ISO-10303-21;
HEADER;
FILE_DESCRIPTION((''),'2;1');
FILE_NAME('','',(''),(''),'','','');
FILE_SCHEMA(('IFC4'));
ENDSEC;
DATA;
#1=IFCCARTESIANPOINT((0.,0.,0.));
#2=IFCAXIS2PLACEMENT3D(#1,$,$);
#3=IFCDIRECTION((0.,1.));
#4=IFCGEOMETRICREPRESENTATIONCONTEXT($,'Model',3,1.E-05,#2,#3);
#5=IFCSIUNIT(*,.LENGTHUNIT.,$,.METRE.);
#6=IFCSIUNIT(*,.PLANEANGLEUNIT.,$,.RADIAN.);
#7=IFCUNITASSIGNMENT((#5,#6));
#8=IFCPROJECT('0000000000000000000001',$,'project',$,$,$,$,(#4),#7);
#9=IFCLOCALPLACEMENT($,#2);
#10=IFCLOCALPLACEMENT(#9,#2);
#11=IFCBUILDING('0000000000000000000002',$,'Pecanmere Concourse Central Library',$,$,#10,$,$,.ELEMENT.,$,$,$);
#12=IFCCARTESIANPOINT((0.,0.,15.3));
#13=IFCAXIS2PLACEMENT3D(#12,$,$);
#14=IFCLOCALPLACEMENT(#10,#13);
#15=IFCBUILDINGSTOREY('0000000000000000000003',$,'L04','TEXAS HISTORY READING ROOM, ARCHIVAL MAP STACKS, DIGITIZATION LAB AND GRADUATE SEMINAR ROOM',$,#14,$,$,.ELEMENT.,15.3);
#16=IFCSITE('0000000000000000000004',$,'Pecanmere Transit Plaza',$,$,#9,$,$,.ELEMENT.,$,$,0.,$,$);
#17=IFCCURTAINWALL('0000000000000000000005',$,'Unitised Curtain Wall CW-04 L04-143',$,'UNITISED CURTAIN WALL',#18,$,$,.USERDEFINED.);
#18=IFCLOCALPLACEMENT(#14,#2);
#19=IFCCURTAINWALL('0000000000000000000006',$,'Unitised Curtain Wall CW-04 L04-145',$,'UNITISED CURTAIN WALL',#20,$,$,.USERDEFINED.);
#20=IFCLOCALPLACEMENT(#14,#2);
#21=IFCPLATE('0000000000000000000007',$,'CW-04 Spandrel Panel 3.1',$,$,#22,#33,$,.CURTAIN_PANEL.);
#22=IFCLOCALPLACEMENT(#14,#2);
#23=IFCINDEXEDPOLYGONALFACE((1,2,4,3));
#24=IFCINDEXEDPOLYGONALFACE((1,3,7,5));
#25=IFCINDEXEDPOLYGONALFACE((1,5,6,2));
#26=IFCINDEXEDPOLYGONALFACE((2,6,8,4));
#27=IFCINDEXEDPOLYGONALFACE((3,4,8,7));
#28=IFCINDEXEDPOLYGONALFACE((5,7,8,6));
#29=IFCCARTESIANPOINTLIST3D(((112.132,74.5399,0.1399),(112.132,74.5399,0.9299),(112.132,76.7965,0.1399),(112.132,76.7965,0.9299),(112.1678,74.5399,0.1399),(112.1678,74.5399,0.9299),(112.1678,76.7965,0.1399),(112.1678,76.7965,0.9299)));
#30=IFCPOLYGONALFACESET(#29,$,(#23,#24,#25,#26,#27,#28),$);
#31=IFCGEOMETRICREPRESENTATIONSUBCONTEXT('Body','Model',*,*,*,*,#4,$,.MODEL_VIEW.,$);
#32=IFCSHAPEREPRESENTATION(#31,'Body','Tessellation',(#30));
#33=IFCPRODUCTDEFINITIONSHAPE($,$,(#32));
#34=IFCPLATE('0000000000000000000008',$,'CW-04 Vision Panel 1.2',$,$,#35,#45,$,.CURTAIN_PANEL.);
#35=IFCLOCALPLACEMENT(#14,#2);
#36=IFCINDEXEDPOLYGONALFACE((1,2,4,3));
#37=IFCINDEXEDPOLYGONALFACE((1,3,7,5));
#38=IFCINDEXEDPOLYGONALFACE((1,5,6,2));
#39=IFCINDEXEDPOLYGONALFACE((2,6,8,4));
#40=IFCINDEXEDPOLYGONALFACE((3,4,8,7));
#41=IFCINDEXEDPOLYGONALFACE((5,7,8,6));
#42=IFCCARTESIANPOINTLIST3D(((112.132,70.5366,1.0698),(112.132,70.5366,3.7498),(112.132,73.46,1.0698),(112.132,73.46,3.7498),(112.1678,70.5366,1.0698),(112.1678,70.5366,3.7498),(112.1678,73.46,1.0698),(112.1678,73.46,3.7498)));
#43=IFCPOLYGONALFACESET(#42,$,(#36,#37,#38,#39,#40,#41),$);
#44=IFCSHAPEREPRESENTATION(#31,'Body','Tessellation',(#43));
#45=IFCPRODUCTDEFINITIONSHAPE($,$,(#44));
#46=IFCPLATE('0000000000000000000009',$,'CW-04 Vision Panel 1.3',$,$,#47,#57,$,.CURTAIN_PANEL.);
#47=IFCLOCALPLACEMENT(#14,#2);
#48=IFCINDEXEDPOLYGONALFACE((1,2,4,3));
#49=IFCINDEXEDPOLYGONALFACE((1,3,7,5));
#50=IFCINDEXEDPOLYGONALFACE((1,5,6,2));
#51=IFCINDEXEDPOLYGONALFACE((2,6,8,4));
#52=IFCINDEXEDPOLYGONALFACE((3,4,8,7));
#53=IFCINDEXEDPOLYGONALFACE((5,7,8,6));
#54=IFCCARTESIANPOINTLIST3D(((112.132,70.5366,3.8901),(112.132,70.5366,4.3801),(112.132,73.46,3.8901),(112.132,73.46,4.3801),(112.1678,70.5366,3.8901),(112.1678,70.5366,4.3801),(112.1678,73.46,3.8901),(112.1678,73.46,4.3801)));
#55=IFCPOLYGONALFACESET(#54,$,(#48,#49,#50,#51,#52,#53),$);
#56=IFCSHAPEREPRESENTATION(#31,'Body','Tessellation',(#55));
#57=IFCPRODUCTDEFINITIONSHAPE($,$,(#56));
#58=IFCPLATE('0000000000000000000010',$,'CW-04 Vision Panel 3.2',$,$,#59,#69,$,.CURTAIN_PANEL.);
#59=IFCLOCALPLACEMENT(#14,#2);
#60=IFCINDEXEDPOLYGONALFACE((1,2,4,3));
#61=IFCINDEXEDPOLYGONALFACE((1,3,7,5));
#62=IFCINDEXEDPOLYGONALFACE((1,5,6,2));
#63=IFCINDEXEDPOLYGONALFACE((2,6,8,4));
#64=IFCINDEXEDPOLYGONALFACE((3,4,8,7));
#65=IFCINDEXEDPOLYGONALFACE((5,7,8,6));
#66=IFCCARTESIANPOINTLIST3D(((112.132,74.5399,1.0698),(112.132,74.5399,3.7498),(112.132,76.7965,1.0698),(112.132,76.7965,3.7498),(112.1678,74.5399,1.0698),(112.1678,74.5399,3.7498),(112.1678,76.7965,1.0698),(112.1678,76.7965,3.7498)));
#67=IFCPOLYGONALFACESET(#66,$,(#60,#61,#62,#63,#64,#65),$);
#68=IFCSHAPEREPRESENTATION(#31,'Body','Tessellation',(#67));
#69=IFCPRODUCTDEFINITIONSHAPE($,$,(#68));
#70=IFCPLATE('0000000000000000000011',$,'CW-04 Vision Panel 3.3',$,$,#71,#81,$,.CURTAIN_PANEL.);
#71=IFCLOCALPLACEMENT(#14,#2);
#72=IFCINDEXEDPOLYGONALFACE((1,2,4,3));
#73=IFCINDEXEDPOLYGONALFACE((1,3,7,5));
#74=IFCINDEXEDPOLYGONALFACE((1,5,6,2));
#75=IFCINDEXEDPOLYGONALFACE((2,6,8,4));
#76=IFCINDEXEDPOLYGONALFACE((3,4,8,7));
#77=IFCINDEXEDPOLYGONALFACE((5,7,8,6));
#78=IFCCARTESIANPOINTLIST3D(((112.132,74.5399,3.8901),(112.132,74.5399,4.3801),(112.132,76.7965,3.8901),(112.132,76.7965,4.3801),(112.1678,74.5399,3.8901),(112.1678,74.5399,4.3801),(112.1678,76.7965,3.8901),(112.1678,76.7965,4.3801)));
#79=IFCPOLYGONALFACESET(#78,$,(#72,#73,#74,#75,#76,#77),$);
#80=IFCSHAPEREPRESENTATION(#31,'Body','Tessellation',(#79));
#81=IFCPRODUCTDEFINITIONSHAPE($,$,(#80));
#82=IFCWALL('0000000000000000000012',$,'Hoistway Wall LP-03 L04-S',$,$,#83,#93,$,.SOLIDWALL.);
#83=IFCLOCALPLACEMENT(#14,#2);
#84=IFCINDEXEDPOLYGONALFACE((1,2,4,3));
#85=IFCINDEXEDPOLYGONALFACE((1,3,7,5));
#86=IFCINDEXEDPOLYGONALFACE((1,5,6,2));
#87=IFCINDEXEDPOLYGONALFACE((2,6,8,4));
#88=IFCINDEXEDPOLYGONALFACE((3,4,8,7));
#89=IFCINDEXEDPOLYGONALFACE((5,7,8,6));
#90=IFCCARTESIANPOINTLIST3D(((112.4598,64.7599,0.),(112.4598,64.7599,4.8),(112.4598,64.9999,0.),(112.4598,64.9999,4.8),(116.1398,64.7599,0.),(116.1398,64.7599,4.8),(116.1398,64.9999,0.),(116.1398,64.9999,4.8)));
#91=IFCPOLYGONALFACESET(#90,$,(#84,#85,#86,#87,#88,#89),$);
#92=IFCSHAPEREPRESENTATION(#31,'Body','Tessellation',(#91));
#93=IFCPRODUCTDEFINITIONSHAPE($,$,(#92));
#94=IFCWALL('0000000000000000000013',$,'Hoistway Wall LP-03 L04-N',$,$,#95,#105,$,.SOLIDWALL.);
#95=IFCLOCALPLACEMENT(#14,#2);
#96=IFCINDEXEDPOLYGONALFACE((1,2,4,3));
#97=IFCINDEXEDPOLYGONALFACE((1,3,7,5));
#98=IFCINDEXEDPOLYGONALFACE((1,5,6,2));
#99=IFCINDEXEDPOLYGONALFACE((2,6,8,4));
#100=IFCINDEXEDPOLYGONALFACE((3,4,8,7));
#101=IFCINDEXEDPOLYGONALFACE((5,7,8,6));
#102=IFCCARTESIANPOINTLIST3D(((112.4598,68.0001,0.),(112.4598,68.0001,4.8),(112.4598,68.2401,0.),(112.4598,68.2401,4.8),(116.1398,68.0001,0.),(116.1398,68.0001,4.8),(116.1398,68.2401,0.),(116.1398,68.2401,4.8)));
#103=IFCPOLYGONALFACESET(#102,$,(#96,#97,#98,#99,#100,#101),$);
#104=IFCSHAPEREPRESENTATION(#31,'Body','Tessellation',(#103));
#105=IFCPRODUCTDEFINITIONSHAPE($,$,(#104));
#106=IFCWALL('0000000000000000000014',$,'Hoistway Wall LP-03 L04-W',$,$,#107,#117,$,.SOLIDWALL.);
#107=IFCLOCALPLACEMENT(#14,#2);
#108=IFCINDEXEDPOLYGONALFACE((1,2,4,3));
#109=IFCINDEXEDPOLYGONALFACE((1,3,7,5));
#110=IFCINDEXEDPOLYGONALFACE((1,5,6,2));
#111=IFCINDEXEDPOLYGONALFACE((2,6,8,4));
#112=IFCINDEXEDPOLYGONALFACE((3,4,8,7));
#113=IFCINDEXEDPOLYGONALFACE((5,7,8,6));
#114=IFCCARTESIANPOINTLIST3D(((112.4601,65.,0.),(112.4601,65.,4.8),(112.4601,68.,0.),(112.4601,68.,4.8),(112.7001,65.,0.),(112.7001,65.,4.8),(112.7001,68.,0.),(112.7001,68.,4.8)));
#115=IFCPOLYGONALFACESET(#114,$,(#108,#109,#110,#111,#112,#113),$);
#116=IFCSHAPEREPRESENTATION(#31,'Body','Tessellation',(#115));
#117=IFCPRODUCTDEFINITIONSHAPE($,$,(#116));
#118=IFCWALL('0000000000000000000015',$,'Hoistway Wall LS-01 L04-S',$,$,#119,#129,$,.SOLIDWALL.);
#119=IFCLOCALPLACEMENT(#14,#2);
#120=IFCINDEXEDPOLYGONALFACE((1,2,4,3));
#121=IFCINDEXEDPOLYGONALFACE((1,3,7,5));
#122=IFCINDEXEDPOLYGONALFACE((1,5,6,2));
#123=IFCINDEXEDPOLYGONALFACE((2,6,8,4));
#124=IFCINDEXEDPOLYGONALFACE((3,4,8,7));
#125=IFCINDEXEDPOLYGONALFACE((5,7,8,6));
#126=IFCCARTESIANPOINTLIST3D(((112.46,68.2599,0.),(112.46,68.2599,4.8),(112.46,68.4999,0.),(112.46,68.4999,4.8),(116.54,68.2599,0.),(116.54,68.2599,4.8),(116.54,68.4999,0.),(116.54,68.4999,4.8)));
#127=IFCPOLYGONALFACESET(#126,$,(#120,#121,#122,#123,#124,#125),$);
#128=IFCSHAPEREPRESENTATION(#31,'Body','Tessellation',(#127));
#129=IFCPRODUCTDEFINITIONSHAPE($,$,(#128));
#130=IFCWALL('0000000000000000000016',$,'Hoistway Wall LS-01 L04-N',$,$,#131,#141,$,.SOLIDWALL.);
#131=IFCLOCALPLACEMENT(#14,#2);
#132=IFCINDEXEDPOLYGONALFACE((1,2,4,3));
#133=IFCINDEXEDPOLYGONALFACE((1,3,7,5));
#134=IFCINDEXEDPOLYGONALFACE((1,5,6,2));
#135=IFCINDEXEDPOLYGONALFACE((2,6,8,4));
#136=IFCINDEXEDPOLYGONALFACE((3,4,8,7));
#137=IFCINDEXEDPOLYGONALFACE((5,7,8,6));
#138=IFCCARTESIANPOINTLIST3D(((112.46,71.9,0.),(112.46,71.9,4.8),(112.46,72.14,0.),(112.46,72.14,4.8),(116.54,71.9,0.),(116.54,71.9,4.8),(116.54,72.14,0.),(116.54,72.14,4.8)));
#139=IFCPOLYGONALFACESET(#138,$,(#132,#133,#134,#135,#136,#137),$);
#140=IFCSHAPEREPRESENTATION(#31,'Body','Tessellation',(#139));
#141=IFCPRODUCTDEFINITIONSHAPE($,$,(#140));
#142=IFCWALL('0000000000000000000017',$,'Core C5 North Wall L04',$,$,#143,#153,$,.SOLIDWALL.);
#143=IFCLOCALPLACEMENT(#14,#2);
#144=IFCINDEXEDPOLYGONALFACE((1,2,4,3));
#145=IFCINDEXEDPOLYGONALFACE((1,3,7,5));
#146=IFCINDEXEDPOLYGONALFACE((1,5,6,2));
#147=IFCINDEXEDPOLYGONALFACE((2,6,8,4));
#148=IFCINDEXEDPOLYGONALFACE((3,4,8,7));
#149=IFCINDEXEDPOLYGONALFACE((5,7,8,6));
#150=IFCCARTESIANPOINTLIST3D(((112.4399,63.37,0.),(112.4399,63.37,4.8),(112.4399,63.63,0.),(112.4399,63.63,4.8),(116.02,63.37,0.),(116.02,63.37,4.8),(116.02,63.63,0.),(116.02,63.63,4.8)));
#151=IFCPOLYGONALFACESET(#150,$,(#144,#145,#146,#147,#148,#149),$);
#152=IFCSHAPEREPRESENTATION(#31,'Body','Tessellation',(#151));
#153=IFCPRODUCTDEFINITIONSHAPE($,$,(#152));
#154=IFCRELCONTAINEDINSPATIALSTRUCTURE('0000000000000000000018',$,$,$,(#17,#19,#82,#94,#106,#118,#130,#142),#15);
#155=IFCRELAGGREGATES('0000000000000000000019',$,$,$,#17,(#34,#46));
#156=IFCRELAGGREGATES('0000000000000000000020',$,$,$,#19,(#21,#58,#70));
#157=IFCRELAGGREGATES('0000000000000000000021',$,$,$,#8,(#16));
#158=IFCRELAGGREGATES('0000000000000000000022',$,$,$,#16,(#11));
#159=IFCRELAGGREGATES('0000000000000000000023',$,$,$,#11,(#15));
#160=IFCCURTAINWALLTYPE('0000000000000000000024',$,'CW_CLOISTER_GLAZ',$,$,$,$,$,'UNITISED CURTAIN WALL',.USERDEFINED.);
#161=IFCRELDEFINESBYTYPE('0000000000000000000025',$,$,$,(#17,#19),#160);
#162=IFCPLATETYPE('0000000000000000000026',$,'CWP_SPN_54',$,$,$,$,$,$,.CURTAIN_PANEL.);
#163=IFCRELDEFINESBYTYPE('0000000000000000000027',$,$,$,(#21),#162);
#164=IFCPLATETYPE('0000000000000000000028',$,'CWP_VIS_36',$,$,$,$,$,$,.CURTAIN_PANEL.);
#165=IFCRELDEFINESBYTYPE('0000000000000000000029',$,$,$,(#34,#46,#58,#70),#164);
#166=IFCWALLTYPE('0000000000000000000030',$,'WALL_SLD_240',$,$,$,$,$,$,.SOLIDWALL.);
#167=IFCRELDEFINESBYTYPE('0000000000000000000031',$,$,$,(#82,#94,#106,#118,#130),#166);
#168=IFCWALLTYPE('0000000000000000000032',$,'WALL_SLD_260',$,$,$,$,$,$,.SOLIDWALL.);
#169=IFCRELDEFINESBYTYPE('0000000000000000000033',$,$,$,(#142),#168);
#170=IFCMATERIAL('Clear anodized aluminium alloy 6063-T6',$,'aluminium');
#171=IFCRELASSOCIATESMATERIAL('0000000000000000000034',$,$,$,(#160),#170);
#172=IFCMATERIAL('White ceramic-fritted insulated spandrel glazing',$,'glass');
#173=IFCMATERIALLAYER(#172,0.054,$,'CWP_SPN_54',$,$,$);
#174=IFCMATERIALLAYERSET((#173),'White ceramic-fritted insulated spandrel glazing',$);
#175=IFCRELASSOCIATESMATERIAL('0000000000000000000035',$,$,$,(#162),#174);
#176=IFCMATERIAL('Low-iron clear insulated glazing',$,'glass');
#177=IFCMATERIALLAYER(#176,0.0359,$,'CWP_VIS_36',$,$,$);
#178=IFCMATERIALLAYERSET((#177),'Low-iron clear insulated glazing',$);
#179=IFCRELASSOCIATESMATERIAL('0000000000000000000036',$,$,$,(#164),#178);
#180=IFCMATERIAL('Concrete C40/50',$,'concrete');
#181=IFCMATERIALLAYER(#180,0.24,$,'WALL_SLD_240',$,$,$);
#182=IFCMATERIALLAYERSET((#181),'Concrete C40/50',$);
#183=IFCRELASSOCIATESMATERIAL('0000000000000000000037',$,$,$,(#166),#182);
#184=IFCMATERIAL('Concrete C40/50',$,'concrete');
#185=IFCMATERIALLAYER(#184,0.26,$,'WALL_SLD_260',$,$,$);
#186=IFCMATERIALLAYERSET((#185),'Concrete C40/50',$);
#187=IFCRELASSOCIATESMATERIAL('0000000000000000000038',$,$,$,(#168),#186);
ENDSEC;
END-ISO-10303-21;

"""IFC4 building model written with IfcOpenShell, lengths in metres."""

from ifc_helpers import new_model, si_unit, direction, frame, frame_2d, origin, origin_2d, place, context, subcontext, project, spatial, rectangle, extrude, material, layer, layer_set, type_object, element, aggregate, save


model = new_model("IFC4")

# Units and contexts
model_context = context("Model", 3, precision=1e-05, world=origin(), true_north=direction((0.0, 1.0)))
body_context = subcontext(model_context, "Body", "Model", "MODEL_VIEW")
ifc_project = project(units=[si_unit("LENGTHUNIT", "METRE"), si_unit("PLANEANGLEUNIT", "RADIAN")], contexts=[model_context])

# Site, building, storey
site_placement = place(None, origin())
site = spatial("IfcSite", under=ifc_project, at=site_placement, Name="Pecanmere Transit Plaza", CompositionType="ELEMENT", RefElevation=0.0)
building_placement = place(site_placement, origin())
building = spatial("IfcBuilding", under=site, at=building_placement, Name="Pecanmere Concourse Central Library", CompositionType="ELEMENT")
storey_placement = place(building_placement, frame((0.0, 0.0, 15.3)))
storey = spatial("IfcBuildingStorey", under=building, at=storey_placement, Name="L04", Description="TEXAS HISTORY READING ROOM, ARCHIVAL MAP STACKS, DIGITIZATION LAB AND GRADUATE SEMINAR ROOM", CompositionType="ELEMENT", Elevation=15.3)

# Curtain wall
ifc_material_1 = material(Name="Clear anodized aluminium alloy 6063-T6", Category="aluminium")
curtain_wall_type = type_object("IfcCurtainWallType", Name="CW_CLOISTER_GLAZ", ElementType="UNITISED CURTAIN WALL", PredefinedType="USERDEFINED", material=ifc_material_1)
curtain_wall_1_placement = place(storey_placement, origin())
curtain_wall_1 = element("IfcCurtainWall", 1, at=curtain_wall_1_placement, inside=storey, type_object=curtain_wall_type, Name="Unitised Curtain Wall CW-04 L04-143", ObjectType="UNITISED CURTAIN WALL", PredefinedType="USERDEFINED")

# Curtain wall
curtain_wall_2_placement = place(storey_placement, origin())
curtain_wall_2 = element("IfcCurtainWall", 2, at=curtain_wall_2_placement, inside=storey, type_object=curtain_wall_type, Name="Unitised Curtain Wall CW-04 L04-145", ObjectType="UNITISED CURTAIN WALL", PredefinedType="USERDEFINED")

# Plates
ifc_material_2 = material(Name="White ceramic-fritted insulated spandrel glazing", Category="glass")
ifc_layer_1 = layer(ifc_material_2, 0.054, Name="CWP_SPN_54")
ifc_layer_set_1 = layer_set([ifc_layer_1], Name="White ceramic-fritted insulated spandrel glazing")
plate_type_1 = type_object("IfcPlateType", Name="CWP_SPN_54", PredefinedType="CURTAIN_PANEL", material=ifc_layer_set_1)
plate_1_placement = place(storey_placement, frame((112.1499, 75.6682, 0.1399), z_axis=(0.0, 0.0, 1.0), x_axis=(0.0, -1.0, 0.0)))
plate_1 = element("IfcPlate", 3, at=plate_1_placement, type_object=plate_type_1, Name="CW-04 Spandrel Panel 3.1", PredefinedType="CURTAIN_PANEL", context=body_context, shape_type="SweptSolid", body=[
    extrude(rectangle(XDim=2.2566, YDim=0.0359, at=origin_2d()), origin(), (0.0, 0.0, 1.0), 0.79),
])
ifc_material_3 = material(Name="Low-iron clear insulated glazing", Category="glass")
ifc_layer_2 = layer(ifc_material_3, 0.0359, Name="CWP_VIS_36")
ifc_layer_set_2 = layer_set([ifc_layer_2], Name="Low-iron clear insulated glazing")
plate_type_2 = type_object("IfcPlateType", Name="CWP_VIS_36", PredefinedType="CURTAIN_PANEL", material=ifc_layer_set_2)
plate_2_placement = place(storey_placement, frame((112.1499, 71.9983, 1.0698), z_axis=(0.0, 0.0, 1.0), x_axis=(0.0, -1.0, 0.0)))
plate_2 = element("IfcPlate", 4, at=plate_2_placement, type_object=plate_type_2, Name="CW-04 Vision Panel 1.2", PredefinedType="CURTAIN_PANEL", context=body_context, shape_type="SweptSolid", body=[
    extrude(rectangle(XDim=2.9233, YDim=0.0359, at=origin_2d()), origin(), (0.0, 0.0, 1.0), 2.6799),
])
plate_3_placement = place(storey_placement, frame((112.1499, 71.9983, 3.8901), z_axis=(0.0, 0.0, 1.0), x_axis=(0.0, -1.0, 0.0)))
plate_3 = element("IfcPlate", 5, at=plate_3_placement, type_object=plate_type_2, Name="CW-04 Vision Panel 1.3", PredefinedType="CURTAIN_PANEL", context=body_context, shape_type="SweptSolid", body=[
    extrude(rectangle(XDim=2.9233, YDim=0.0359, at=origin_2d()), origin(), (0.0, 0.0, 1.0), 0.49),
])
aggregate(curtain_wall_1, [plate_2, plate_3])
plate_4_placement = place(storey_placement, frame((112.1499, 75.6682, 1.0698), z_axis=(0.0, 0.0, 1.0), x_axis=(0.0, -1.0, 0.0)))
plate_4 = element("IfcPlate", 6, at=plate_4_placement, type_object=plate_type_2, Name="CW-04 Vision Panel 3.2", PredefinedType="CURTAIN_PANEL", context=body_context, shape_type="SweptSolid", body=[
    extrude(rectangle(XDim=2.2566, YDim=0.0359, at=origin_2d()), origin(), (0.0, 0.0, 1.0), 2.6799),
])
plate_5_placement = place(storey_placement, frame((112.1499, 75.6682, 3.8901), z_axis=(0.0, 0.0, 1.0), x_axis=(0.0, -1.0, 0.0)))
plate_5 = element("IfcPlate", 7, at=plate_5_placement, type_object=plate_type_2, Name="CW-04 Vision Panel 3.3", PredefinedType="CURTAIN_PANEL", context=body_context, shape_type="SweptSolid", body=[
    extrude(rectangle(XDim=2.2566, YDim=0.0359, at=origin_2d()), origin(), (0.0, 0.0, 1.0), 0.49),
])
aggregate(curtain_wall_2, [plate_1, plate_4, plate_5])

# Walls
ifc_material_4 = material(Name="Concrete C40/50", Category="concrete")
ifc_layer_3 = layer(ifc_material_4, 0.24, Name="WALL_SLD_240")
ifc_layer_set_3 = layer_set([ifc_layer_3], Name="Concrete C40/50")
wall_type_1 = type_object("IfcWallType", Name="WALL_SLD_240", PredefinedType="SOLIDWALL", material=ifc_layer_set_3)
for number, where, z_axis, x_axis, name in (
    (8, (112.46, 64.8799, 0.0), (0.0, 0.0, 1.0), (1.0, 0.0, 0.0), "Hoistway Wall LP-03 L04-S"),
    (9, (112.46, 68.1201, 0.0), (0.0, 0.0, 1.0), (1.0, 0.0, 0.0), "Hoistway Wall LP-03 L04-N"),
):
    element("IfcWall", number, at=place(storey_placement, frame(where, z_axis=z_axis, x_axis=x_axis)), inside=storey, type_object=wall_type_1, Name=name, PredefinedType="SOLIDWALL", context=body_context, shape_type="SweptSolid", body=[
        extrude(rectangle(XDim=3.6799, YDim=0.24, at=frame_2d((1.8398, 0.0))), origin(), (0.0, 0.0, 1.0), 4.8),
    ])
wall_1_placement = place(storey_placement, frame((112.5801, 65.0, 0.0), z_axis=(0.0, 0.0, 1.0), x_axis=(0.0, 1.0, 0.0)))
element("IfcWall", 10, at=wall_1_placement, inside=storey, type_object=wall_type_1, Name="Hoistway Wall LP-03 L04-W", PredefinedType="SOLIDWALL", context=body_context, shape_type="SweptSolid", body=[
    extrude(rectangle(XDim=3.0, YDim=0.24, at=frame_2d((1.5, 0.0))), origin(), (0.0, 0.0, 1.0), 4.8),
])
for number, where, z_axis, x_axis, name in (
    (11, (112.46, 68.3799, 0.0), (0.0, 0.0, 1.0), (1.0, 0.0, 0.0), "Hoistway Wall LS-01 L04-S"),
    (12, (112.46, 72.02, 0.0), (0.0, 0.0, 1.0), (1.0, 0.0, 0.0), "Hoistway Wall LS-01 L04-N"),
):
    element("IfcWall", number, at=place(storey_placement, frame(where, z_axis=z_axis, x_axis=x_axis)), inside=storey, type_object=wall_type_1, Name=name, PredefinedType="SOLIDWALL", context=body_context, shape_type="SweptSolid", body=[
        extrude(rectangle(XDim=4.0801, YDim=0.24, at=frame_2d((2.04, 0.0))), origin(), (0.0, 0.0, 1.0), 4.8),
    ])
ifc_material_5 = material(Name="Concrete C40/50", Category="concrete")
ifc_layer_4 = layer(ifc_material_5, 0.26, Name="WALL_SLD_260")
ifc_layer_set_4 = layer_set([ifc_layer_4], Name="Concrete C40/50")
wall_type_2 = type_object("IfcWallType", Name="WALL_SLD_260", PredefinedType="SOLIDWALL", material=ifc_layer_set_4)
wall_2_placement = place(storey_placement, frame((112.4399, 63.5, 0.0), z_axis=(0.0, 0.0, 1.0), x_axis=(1.0, 0.0, 0.0)))
element("IfcWall", 13, at=wall_2_placement, inside=storey, type_object=wall_type_2, Name="Core C5 North Wall L04", PredefinedType="SOLIDWALL", context=body_context, shape_type="SweptSolid", body=[
    extrude(rectangle(XDim=3.5801, YDim=0.26, at=frame_2d((1.79, 0.0))), origin(), (0.0, 0.0, 1.0), 4.8),
])

save(model, "model.ifc")
